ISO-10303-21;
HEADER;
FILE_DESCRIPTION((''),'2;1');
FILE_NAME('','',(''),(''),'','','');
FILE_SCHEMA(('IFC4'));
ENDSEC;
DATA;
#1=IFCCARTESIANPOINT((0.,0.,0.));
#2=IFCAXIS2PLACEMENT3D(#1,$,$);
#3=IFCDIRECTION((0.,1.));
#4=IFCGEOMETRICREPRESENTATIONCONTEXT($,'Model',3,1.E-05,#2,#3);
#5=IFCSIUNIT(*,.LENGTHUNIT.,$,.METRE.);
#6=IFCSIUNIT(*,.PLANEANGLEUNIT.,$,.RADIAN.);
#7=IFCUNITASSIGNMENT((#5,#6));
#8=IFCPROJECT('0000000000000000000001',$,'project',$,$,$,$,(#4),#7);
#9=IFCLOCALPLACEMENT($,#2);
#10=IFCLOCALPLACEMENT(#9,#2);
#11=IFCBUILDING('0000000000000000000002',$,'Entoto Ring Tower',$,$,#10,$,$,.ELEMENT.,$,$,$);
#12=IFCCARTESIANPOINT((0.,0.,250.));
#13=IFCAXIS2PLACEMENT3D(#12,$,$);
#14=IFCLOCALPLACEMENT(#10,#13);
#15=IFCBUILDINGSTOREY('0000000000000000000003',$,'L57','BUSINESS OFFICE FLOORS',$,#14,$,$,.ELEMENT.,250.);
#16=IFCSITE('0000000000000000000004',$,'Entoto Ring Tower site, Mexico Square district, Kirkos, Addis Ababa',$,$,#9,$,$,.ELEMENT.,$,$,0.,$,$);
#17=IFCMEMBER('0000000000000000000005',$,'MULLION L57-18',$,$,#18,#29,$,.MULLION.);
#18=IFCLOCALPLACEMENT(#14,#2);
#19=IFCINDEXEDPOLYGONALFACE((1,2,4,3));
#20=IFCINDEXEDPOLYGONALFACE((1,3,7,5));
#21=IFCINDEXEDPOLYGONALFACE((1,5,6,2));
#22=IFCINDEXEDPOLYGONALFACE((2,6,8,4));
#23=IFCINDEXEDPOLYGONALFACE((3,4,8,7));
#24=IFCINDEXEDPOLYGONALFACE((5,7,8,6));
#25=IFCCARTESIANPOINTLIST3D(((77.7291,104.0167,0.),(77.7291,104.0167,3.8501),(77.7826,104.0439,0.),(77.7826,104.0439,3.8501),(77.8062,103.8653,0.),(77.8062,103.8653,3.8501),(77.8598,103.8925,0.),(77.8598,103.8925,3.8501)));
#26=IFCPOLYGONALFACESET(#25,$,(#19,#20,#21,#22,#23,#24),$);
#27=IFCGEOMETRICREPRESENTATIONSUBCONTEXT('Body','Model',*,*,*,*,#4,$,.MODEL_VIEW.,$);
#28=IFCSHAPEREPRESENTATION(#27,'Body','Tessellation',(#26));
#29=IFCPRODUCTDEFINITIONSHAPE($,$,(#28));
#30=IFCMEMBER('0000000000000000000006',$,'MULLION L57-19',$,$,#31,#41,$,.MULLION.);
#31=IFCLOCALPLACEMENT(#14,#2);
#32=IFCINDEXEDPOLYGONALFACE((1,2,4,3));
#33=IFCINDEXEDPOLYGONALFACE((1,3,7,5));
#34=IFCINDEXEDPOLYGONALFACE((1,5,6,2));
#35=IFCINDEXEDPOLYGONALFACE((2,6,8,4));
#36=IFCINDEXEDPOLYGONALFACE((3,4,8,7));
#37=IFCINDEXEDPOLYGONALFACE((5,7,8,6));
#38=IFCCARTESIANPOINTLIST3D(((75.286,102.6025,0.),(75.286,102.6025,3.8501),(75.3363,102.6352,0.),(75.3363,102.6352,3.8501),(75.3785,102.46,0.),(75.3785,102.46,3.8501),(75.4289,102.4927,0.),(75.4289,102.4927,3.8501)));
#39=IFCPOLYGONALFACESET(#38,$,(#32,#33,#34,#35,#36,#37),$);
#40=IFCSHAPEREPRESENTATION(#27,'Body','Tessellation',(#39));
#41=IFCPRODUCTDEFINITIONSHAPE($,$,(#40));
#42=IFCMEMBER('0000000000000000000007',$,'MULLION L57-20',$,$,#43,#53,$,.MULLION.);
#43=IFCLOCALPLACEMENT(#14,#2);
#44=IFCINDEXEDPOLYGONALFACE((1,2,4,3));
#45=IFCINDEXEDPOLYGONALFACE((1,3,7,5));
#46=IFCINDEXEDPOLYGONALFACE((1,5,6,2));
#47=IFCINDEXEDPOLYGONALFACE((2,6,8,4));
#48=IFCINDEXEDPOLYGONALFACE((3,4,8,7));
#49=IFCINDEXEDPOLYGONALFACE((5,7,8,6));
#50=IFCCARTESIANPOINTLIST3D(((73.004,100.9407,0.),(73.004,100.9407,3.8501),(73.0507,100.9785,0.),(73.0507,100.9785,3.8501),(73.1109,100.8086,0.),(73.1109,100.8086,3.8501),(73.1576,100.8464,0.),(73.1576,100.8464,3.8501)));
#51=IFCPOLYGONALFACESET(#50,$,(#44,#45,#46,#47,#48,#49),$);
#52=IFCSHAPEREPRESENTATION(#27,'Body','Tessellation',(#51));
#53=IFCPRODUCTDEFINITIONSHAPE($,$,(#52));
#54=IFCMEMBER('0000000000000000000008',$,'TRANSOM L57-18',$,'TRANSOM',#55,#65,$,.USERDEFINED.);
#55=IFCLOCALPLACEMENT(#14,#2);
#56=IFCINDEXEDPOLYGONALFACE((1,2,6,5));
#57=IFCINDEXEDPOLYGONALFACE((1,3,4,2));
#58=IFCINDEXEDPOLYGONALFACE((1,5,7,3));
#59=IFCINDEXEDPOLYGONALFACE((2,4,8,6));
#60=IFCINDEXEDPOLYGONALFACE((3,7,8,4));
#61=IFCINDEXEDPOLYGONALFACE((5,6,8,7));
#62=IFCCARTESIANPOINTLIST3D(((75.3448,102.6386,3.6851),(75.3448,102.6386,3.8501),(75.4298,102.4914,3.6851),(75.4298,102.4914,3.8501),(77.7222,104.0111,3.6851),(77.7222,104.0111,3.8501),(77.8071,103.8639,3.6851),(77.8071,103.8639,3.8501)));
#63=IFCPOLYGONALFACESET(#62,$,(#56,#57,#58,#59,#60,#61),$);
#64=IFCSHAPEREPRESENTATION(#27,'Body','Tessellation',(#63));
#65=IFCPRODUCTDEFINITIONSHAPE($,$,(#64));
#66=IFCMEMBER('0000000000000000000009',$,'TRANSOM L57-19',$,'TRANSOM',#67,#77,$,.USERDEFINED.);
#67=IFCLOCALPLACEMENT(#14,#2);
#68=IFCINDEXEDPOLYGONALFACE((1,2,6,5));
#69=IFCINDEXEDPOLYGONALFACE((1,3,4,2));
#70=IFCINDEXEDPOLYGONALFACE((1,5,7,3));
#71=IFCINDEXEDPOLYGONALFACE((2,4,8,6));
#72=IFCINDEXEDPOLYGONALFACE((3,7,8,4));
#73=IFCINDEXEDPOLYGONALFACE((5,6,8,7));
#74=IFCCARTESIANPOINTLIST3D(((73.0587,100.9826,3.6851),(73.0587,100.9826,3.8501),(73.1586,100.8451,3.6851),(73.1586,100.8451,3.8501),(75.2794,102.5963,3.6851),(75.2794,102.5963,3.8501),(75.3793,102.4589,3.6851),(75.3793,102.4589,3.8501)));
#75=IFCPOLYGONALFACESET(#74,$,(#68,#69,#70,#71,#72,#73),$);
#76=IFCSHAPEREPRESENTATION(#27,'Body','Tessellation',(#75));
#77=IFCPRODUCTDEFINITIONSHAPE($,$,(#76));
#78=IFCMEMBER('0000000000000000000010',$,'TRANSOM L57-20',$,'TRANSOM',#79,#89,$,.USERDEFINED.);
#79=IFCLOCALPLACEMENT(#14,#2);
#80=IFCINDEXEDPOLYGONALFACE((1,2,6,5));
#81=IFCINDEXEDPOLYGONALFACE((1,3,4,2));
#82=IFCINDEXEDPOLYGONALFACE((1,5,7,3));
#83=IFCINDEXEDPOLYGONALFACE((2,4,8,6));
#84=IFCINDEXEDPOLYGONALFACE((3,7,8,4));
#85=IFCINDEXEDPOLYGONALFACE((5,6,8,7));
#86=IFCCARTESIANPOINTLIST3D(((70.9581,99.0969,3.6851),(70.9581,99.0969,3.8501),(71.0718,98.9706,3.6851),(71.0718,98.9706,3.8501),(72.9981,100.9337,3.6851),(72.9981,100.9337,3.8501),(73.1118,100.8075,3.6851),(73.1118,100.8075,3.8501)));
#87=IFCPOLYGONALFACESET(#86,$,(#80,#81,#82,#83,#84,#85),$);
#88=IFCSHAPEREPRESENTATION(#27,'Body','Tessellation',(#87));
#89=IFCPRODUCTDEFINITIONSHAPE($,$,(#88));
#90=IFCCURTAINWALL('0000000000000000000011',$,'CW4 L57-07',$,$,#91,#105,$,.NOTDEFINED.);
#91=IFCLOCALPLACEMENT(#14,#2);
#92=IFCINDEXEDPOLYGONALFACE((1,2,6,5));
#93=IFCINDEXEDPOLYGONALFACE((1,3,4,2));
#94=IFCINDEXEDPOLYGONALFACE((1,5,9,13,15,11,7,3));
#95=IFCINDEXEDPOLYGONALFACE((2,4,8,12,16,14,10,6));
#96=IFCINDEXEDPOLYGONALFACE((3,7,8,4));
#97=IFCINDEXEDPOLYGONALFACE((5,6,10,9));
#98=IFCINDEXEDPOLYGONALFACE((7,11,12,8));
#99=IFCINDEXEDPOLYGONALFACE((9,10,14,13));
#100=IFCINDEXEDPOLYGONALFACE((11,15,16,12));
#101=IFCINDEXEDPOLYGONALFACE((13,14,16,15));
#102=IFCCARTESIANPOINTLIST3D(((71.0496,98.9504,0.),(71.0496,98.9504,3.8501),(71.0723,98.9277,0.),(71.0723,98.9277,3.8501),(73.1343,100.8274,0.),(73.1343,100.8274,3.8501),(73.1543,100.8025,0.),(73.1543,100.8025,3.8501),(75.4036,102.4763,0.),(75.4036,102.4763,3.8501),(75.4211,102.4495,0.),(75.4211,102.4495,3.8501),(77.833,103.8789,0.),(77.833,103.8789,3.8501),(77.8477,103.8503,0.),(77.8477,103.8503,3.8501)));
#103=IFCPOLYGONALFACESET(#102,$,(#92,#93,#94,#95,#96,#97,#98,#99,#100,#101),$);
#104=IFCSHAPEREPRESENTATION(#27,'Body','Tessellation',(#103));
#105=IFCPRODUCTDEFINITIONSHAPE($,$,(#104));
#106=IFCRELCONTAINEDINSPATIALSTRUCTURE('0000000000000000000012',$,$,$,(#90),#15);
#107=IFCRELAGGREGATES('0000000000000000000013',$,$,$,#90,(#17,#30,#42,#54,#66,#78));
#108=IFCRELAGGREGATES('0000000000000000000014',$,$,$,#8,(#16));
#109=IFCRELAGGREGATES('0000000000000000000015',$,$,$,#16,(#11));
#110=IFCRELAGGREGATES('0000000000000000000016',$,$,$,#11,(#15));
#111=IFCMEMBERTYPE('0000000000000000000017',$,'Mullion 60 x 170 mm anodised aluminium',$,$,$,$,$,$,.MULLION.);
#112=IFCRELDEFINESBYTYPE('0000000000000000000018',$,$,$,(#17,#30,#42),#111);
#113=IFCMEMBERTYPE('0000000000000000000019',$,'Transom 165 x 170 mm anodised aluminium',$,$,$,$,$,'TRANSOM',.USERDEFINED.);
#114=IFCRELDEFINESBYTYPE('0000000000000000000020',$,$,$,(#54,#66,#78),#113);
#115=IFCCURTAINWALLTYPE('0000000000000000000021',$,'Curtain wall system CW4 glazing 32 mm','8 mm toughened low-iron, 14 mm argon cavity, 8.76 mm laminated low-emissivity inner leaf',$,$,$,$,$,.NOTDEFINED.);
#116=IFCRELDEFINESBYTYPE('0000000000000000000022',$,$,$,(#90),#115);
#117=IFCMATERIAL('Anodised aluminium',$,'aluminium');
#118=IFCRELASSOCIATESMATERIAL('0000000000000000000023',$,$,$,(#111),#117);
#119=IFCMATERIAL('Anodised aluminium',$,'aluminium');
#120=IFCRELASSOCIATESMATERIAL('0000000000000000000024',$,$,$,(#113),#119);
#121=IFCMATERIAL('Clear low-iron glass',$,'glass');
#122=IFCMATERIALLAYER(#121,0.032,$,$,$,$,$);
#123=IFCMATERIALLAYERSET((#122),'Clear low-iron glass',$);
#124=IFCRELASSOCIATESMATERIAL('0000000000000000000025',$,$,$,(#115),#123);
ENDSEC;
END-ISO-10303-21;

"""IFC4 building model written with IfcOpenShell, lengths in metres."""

from ifc_helpers import new_model, si_unit, direction, frame, origin, origin_2d, place, context, subcontext, project, spatial, polyline, rectangle, outline, extrude, material, layer, layer_set, material_profile, profile_set, type_object, element, aggregate, save


model = new_model("IFC4")

# Units and contexts
model_context = context("Model", 3, precision=1e-05, world=origin(), true_north=direction((0.0, 1.0)))
body_context = subcontext(model_context, "Body", "Model", "MODEL_VIEW")
ifc_project = project(units=[si_unit("LENGTHUNIT", "METRE"), si_unit("PLANEANGLEUNIT", "RADIAN")], contexts=[model_context])

# Members
ifc_material_1 = material(Name="Anodised aluminium", Category="aluminium")
ifc_material_profile_1 = material_profile(ifc_material_1, rectangle(XDim=0.0601, YDim=0.1699, at=origin_2d()), Name="Mullion 60 x 170 mm anodised aluminium")
ifc_profile_set_1 = profile_set([ifc_material_profile_1], Name="Anodised aluminium")
member_type_1 = type_object("IfcMemberType", Name="Mullion 60 x 170 mm anodised aluminium", PredefinedType="MULLION", material=ifc_profile_set_1)
site_placement = place(None, origin())
building_placement = place(site_placement, origin())
storey_placement = place(building_placement, frame((0.0, 0.0, 250.0)))
member_1_placement = place(storey_placement, frame((77.7944, 103.9546, 0.0), z_axis=(0.0, 0.0, 1.0), x_axis=(-0.891007, -0.45399, 0.0)))
member_1 = element("IfcMember", 1, at=member_1_placement, type_object=member_type_1, Name="MULLION L57-18", PredefinedType="MULLION", context=body_context, shape_type="SweptSolid", body=[
    extrude(rectangle(XDim=0.0601, YDim=0.1699, at=origin_2d()), origin(), (0.0, 0.0, 1.0), 3.8501),
])
member_2_placement = place(storey_placement, frame((75.3574, 102.5476, 0.0), z_axis=(0.0, 0.0, 1.0), x_axis=(-0.838671, -0.544639, 0.0)))
member_2 = element("IfcMember", 2, at=member_2_placement, type_object=member_type_1, Name="MULLION L57-19", PredefinedType="MULLION", context=body_context, shape_type="SweptSolid", body=[
    extrude(rectangle(XDim=0.0601, YDim=0.1699, at=origin_2d()), origin(), (0.0, 0.0, 1.0), 3.8501),
])
member_3_placement = place(storey_placement, frame((73.0808, 100.8936, 0.0), z_axis=(0.0, 0.0, 1.0), x_axis=(-0.777146, -0.62932, 0.0)))
member_3 = element("IfcMember", 3, at=member_3_placement, type_object=member_type_1, Name="MULLION L57-20", PredefinedType="MULLION", context=body_context, shape_type="SweptSolid", body=[
    extrude(rectangle(XDim=0.0601, YDim=0.1699, at=origin_2d()), origin(), (0.0, 0.0, 1.0), 3.8501),
])
ifc_material_2 = material(Name="Anodised aluminium", Category="aluminium")
ifc_material_profile_2 = material_profile(ifc_material_2, rectangle(XDim=0.1699, YDim=0.165, at=origin_2d()), Name="Transom 165 x 170 mm anodised aluminium")
ifc_profile_set_2 = profile_set([ifc_material_profile_2], Name="Anodised aluminium")
member_type_2 = type_object("IfcMemberType", Name="Transom 165 x 170 mm anodised aluminium", ElementType="TRANSOM", PredefinedType="USERDEFINED", material=ifc_profile_set_2)
member_4_placement = place(storey_placement, frame((77.7646, 103.9375, 3.7676), z_axis=(-0.866035, -0.499984, 0.0), x_axis=(0.499984, -0.866035, 0.0)))
member_4 = element("IfcMember", 4, at=member_4_placement, type_object=member_type_2, Name="TRANSOM L57-18", ObjectType="TRANSOM", PredefinedType="USERDEFINED", context=body_context, shape_type="SweptSolid", body=[
    extrude(rectangle(XDim=0.1699, YDim=0.165, at=origin_2d()), origin(), (0.0, 0.0, 1.0), 2.7451),
])
member_5_placement = place(storey_placement, frame((75.3293, 102.5276, 3.7676), z_axis=(-0.808959, -0.587865, 0.0), x_axis=(0.587865, -0.808959, 0.0)))
member_5 = element("IfcMember", 5, at=member_5_placement, type_object=member_type_2, Name="TRANSOM L57-19", ObjectType="TRANSOM", PredefinedType="USERDEFINED", context=body_context, shape_type="SweptSolid", body=[
    extrude(rectangle(XDim=0.1699, YDim=0.165, at=origin_2d()), origin(), (0.0, 0.0, 1.0), 2.7451),
])
member_6_placement = place(storey_placement, frame((73.0549, 100.8706, 3.7676), z_axis=(-0.743135, -0.669142, 0.0), x_axis=(0.669142, -0.743135, 0.0)))
member_6 = element("IfcMember", 6, at=member_6_placement, type_object=member_type_2, Name="TRANSOM L57-20", ObjectType="TRANSOM", PredefinedType="USERDEFINED", context=body_context, shape_type="SweptSolid", body=[
    extrude(rectangle(XDim=0.1699, YDim=0.165, at=origin_2d()), origin(), (0.0, 0.0, 1.0), 2.7451),
])

# Site, building, storey
site = spatial("IfcSite", under=ifc_project, at=site_placement, Name="Entoto Ring Tower site, Mexico Square district, Kirkos, Addis Ababa", CompositionType="ELEMENT", RefElevation=0.0)
building = spatial("IfcBuilding", under=site, at=building_placement, Name="Entoto Ring Tower", CompositionType="ELEMENT")
storey = spatial("IfcBuildingStorey", under=building, at=storey_placement, Name="L57", Description="BUSINESS OFFICE FLOORS", CompositionType="ELEMENT", Elevation=250.0)

# Curtain wall
ifc_material_3 = material(Name="Clear low-iron glass", Category="glass")
ifc_layer = layer(ifc_material_3, 0.032)
ifc_layer_set = layer_set([ifc_layer], Name="Clear low-iron glass")
curtain_wall_type = type_object("IfcCurtainWallType", Name="Curtain wall system CW4 glazing 32 mm", Description="8 mm toughened low-iron, 14 mm argon cavity, 8.76 mm laminated low-emissivity inner leaf", PredefinedType="NOTDEFINED", material=ifc_layer_set)
curtain_wall_1_placement = place(storey_placement, origin())
curtain_wall_1 = element("IfcCurtainWall", 7, at=curtain_wall_1_placement, inside=storey, type_object=curtain_wall_type, Name="CW4 L57-07", PredefinedType="NOTDEFINED", context=body_context, shape_type="SweptSolid", body=[
    extrude(outline(polyline([(77.833, 103.8789), (75.4036, 102.4763), (73.1343, 100.8274), (71.0496, 98.9504), (71.0723, 98.9277), (73.1543, 100.8025), (75.4211, 102.4495), (77.8477, 103.8503), (77.833, 103.8789)])), origin(), (0.0, 0.0, 1.0), 3.8501),
])
aggregate(curtain_wall_1, [member_1, member_2, member_3, member_4, member_5, member_6])

save(model, "model.ifc")
